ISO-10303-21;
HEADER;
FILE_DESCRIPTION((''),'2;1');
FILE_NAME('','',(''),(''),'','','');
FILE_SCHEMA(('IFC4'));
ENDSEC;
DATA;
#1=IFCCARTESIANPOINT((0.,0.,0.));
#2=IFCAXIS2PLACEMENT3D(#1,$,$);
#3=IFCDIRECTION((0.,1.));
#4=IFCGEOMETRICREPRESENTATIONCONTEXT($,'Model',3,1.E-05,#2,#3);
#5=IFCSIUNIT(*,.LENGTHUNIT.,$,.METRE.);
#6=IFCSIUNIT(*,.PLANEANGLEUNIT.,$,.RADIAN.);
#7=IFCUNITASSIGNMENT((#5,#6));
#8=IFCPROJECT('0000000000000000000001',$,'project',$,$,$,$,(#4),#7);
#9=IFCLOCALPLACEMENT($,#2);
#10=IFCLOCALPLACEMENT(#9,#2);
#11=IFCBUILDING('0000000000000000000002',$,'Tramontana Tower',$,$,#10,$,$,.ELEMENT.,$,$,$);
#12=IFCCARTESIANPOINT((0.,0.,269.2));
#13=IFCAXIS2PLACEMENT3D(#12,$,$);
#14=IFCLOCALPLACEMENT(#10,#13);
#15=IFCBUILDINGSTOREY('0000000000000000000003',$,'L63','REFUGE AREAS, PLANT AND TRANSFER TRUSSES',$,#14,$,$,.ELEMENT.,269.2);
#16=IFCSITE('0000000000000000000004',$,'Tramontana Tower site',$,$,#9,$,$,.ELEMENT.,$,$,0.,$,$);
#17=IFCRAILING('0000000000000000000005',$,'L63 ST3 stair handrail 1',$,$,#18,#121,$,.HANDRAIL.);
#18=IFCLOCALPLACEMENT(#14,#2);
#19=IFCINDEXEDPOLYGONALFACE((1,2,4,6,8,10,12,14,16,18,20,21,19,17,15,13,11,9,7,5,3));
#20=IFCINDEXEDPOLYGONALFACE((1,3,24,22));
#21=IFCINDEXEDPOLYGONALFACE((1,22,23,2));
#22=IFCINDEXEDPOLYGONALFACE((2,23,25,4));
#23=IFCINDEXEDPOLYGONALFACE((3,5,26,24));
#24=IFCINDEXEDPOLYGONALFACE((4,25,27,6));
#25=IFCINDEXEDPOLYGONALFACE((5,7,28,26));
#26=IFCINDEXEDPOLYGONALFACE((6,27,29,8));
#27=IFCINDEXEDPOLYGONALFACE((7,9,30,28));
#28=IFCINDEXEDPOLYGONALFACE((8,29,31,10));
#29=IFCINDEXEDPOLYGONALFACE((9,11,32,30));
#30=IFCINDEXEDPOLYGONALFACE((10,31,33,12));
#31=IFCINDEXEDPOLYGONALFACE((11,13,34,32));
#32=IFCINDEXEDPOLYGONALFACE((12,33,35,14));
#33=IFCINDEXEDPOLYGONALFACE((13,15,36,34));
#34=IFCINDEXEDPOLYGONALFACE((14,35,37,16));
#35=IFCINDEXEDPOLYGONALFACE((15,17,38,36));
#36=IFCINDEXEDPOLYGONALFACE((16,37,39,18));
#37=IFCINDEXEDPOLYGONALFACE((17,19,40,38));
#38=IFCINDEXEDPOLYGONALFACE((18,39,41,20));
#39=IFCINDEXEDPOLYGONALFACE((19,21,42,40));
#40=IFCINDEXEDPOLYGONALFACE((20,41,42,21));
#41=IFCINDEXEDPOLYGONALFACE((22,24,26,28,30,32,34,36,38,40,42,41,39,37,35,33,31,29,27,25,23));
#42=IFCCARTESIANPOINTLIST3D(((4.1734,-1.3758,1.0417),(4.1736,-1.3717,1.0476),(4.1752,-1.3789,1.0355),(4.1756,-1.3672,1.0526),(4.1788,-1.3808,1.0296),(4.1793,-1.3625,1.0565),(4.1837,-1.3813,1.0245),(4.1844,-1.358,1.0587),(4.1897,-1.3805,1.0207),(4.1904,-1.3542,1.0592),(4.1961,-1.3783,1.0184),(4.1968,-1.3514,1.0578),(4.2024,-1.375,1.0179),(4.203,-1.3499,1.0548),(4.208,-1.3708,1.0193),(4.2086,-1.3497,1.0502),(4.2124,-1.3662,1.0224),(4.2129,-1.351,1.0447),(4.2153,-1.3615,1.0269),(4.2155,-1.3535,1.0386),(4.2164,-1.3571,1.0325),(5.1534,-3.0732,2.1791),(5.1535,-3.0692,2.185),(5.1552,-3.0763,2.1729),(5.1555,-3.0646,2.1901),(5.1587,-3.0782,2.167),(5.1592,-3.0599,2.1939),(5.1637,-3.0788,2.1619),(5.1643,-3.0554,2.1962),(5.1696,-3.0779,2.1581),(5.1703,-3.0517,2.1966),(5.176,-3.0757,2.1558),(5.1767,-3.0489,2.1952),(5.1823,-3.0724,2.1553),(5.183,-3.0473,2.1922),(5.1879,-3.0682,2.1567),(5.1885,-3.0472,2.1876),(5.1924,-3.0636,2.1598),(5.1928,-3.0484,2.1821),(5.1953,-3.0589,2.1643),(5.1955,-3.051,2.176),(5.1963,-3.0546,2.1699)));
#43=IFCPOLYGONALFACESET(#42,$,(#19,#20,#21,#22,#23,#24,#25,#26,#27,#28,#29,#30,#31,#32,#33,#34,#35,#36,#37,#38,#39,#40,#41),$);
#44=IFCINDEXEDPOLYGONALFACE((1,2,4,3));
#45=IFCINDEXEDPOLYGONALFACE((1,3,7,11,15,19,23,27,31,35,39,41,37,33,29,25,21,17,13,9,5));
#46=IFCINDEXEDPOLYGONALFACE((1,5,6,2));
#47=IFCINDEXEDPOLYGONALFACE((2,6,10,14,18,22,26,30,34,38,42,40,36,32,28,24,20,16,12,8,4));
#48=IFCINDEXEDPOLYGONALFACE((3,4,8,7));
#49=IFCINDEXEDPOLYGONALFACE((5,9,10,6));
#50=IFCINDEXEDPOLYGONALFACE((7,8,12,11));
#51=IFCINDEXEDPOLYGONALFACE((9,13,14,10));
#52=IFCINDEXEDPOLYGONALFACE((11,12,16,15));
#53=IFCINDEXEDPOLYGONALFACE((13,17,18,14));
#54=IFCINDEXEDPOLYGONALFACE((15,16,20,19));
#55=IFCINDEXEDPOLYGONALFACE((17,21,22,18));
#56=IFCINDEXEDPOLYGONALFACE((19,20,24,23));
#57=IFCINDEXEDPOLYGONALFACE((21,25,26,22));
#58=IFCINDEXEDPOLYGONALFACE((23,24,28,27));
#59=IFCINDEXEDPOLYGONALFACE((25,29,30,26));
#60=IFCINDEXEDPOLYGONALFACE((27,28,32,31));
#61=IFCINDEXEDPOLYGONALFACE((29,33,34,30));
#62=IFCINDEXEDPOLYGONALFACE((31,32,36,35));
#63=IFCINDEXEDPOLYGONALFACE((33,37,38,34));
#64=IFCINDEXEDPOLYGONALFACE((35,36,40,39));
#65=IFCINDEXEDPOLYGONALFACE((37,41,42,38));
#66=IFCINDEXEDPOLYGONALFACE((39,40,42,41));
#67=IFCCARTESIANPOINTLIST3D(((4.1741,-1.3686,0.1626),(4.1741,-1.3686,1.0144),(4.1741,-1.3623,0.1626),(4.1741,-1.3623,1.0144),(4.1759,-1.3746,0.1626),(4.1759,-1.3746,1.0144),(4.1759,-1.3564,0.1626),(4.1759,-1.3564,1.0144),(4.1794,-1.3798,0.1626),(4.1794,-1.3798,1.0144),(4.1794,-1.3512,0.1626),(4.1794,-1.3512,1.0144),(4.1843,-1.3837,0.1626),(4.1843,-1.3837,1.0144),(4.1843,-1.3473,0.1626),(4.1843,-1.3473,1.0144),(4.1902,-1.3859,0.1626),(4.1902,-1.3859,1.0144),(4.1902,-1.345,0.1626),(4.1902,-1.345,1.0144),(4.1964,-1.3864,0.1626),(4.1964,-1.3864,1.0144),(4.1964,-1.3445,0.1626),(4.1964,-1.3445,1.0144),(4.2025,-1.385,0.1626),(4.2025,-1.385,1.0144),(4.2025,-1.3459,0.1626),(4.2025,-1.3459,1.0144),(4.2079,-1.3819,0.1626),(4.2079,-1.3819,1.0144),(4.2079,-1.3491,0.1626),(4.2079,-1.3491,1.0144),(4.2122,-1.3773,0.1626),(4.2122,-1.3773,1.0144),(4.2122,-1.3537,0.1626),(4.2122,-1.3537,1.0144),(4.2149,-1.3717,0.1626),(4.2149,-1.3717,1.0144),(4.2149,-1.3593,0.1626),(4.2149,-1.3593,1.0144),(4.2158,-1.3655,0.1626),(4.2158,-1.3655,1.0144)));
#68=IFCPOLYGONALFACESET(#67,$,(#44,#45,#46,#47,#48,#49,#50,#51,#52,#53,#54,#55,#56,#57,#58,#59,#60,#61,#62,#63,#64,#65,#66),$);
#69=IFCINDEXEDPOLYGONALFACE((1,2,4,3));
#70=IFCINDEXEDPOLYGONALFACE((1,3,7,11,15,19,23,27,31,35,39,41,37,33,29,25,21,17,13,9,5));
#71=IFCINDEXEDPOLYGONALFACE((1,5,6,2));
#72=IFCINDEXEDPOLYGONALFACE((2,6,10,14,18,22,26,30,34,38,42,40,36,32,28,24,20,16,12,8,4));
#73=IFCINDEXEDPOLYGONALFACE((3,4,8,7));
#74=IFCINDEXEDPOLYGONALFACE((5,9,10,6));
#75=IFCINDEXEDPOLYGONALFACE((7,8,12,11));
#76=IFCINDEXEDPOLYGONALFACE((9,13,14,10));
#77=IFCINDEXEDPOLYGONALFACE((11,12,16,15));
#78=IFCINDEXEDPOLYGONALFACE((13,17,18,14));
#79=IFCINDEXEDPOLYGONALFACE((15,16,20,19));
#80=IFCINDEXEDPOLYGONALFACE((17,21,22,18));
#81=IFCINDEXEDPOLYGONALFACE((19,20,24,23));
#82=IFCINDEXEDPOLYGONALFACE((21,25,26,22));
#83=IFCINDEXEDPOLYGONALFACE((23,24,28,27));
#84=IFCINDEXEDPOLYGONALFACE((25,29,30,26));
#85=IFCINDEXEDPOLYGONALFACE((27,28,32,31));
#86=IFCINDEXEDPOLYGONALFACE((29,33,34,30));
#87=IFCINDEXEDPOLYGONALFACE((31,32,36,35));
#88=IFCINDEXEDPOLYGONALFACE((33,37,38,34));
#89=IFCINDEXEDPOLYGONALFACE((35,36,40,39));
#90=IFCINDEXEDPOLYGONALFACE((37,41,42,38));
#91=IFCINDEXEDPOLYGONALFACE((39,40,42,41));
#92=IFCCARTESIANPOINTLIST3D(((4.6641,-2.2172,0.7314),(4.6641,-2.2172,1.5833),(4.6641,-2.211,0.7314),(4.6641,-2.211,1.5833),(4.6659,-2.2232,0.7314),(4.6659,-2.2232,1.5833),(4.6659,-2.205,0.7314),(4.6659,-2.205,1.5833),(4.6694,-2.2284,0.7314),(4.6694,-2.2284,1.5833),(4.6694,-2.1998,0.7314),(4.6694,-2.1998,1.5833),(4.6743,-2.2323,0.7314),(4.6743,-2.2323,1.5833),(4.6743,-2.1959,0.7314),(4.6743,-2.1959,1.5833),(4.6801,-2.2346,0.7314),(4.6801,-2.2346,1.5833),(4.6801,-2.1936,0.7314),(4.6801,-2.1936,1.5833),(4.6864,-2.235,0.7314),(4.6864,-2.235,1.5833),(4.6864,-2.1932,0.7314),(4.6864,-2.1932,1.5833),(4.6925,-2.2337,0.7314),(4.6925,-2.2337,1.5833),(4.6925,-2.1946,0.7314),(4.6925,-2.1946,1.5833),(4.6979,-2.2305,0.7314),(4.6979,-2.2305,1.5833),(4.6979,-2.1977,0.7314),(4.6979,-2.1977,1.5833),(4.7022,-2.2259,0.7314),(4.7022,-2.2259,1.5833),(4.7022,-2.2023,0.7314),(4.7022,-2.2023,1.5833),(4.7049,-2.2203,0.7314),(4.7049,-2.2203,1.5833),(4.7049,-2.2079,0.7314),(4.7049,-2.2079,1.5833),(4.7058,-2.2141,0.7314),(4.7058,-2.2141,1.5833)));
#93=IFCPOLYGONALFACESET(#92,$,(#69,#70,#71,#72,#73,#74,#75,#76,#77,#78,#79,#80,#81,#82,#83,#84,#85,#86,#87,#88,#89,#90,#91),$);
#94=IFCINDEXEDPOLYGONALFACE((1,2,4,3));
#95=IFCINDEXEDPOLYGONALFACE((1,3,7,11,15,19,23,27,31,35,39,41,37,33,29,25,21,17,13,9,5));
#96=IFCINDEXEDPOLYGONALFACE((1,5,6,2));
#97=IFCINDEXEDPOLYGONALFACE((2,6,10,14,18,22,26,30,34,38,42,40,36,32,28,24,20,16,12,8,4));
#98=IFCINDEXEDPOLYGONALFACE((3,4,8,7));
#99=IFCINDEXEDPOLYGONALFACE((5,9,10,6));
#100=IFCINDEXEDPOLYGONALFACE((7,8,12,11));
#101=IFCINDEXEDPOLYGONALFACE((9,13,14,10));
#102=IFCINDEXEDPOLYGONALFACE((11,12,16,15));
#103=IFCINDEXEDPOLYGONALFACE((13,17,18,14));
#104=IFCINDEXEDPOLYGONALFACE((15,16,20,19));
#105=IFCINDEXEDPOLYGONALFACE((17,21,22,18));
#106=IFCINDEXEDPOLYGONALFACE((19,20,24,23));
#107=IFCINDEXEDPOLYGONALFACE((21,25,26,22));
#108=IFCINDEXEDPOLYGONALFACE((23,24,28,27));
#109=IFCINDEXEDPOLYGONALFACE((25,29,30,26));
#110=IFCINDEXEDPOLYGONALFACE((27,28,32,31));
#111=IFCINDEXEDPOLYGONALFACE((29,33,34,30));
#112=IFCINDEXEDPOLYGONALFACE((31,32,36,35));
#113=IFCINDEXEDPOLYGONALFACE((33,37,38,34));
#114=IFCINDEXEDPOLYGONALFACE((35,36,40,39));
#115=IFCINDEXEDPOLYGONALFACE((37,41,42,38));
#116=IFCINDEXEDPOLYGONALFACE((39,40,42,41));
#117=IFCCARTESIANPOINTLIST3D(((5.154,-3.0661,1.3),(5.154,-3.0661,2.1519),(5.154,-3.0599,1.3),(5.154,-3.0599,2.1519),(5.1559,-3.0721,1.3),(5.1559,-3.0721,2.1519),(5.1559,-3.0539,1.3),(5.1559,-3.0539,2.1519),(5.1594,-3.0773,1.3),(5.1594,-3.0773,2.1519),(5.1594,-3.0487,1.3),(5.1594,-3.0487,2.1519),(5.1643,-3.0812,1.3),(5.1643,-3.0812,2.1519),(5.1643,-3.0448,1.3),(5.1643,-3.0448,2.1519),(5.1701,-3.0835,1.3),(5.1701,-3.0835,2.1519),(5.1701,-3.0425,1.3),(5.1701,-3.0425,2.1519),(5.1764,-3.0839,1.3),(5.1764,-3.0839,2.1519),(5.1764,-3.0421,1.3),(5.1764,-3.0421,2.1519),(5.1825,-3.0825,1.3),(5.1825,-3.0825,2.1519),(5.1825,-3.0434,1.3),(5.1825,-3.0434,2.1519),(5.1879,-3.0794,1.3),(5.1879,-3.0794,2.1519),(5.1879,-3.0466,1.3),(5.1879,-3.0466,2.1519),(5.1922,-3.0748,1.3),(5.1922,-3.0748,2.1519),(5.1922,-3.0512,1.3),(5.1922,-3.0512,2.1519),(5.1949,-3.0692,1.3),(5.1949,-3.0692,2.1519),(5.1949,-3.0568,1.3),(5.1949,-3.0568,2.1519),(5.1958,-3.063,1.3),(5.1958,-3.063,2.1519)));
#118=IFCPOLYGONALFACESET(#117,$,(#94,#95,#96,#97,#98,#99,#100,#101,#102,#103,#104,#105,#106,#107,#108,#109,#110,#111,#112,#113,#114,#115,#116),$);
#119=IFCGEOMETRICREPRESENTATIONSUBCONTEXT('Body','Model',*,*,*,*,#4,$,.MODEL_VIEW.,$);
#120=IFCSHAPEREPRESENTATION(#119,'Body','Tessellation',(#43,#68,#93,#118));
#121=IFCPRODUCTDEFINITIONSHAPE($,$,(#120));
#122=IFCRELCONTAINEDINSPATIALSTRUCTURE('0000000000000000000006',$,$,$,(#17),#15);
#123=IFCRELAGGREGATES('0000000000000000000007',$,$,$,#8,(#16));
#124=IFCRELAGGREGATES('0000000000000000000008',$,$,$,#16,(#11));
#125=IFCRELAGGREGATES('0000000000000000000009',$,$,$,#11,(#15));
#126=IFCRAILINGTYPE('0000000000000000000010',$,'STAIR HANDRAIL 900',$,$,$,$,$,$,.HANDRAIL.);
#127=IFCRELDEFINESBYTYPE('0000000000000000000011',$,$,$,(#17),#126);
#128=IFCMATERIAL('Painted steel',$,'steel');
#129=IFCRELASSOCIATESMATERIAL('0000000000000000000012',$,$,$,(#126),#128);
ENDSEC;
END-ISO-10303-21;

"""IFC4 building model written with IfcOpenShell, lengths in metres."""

from ifc_helpers import new_model, si_unit, direction, frame, origin, origin_2d, place, context, subcontext, project, spatial, circle, extrude, material, type_object, element, save


model = new_model("IFC4")

# Units and contexts
model_context = context("Model", 3, precision=1e-05, world=origin(), true_north=direction((0.0, 1.0)))
body_context = subcontext(model_context, "Body", "Model", "MODEL_VIEW")
ifc_project = project(units=[si_unit("LENGTHUNIT", "METRE"), si_unit("PLANEANGLEUNIT", "RADIAN")], contexts=[model_context])

# Site, building, storey
site_placement = place(None, origin())
site = spatial("IfcSite", under=ifc_project, at=site_placement, Name="Tramontana Tower site", CompositionType="ELEMENT", RefElevation=0.0)
building_placement = place(site_placement, origin())
building = spatial("IfcBuilding", under=site, at=building_placement, Name="Tramontana Tower", CompositionType="ELEMENT")
storey_placement = place(building_placement, frame((0.0, 0.0, 269.2)))
storey = spatial("IfcBuildingStorey", under=building, at=storey_placement, Name="L63", Description="REFUGE AREAS, PLANT AND TRANSFER TRUSSES", CompositionType="ELEMENT", Elevation=269.2)

# Railing
ifc_material_1 = material(Name="Painted steel", Category="steel")
railing_type_1 = type_object("IfcRailingType", Name="STAIR HANDRAIL 900", PredefinedType="HANDRAIL", material=ifc_material_1)
railing_1_placement = place(storey_placement, frame((4.1948, -1.3655, 0.1626)))
element("IfcRailing", 1, at=railing_1_placement, inside=storey, type_object=railing_type_1, Name="L63 ST3 stair handrail 1", PredefinedType="HANDRAIL", context=body_context, shape_type="SweptSolid", body=[
    extrude(circle(Radius=0.0239, at=origin_2d()), frame((0.0, 0.0, 0.876), z_axis=(0.432432, -0.749053, 0.501918), x_axis=(0.866042, 0.49997, 0.0)), (0.0, 0.0, 1.0), 2.2661),
    extrude(circle(Radius=0.021, at=origin_2d()), origin(), (0.0, 0.0, 1.0), 0.8518),
    extrude(circle(Radius=0.021, at=origin_2d()), frame((0.49, -0.8486, 0.5688)), (0.0, 0.0, 1.0), 0.8518),
    extrude(circle(Radius=0.021, at=origin_2d()), frame((0.98, -1.6975, 1.1375)), (0.0, 0.0, 1.0), 0.8518),
])

save(model, "model.ifc")
